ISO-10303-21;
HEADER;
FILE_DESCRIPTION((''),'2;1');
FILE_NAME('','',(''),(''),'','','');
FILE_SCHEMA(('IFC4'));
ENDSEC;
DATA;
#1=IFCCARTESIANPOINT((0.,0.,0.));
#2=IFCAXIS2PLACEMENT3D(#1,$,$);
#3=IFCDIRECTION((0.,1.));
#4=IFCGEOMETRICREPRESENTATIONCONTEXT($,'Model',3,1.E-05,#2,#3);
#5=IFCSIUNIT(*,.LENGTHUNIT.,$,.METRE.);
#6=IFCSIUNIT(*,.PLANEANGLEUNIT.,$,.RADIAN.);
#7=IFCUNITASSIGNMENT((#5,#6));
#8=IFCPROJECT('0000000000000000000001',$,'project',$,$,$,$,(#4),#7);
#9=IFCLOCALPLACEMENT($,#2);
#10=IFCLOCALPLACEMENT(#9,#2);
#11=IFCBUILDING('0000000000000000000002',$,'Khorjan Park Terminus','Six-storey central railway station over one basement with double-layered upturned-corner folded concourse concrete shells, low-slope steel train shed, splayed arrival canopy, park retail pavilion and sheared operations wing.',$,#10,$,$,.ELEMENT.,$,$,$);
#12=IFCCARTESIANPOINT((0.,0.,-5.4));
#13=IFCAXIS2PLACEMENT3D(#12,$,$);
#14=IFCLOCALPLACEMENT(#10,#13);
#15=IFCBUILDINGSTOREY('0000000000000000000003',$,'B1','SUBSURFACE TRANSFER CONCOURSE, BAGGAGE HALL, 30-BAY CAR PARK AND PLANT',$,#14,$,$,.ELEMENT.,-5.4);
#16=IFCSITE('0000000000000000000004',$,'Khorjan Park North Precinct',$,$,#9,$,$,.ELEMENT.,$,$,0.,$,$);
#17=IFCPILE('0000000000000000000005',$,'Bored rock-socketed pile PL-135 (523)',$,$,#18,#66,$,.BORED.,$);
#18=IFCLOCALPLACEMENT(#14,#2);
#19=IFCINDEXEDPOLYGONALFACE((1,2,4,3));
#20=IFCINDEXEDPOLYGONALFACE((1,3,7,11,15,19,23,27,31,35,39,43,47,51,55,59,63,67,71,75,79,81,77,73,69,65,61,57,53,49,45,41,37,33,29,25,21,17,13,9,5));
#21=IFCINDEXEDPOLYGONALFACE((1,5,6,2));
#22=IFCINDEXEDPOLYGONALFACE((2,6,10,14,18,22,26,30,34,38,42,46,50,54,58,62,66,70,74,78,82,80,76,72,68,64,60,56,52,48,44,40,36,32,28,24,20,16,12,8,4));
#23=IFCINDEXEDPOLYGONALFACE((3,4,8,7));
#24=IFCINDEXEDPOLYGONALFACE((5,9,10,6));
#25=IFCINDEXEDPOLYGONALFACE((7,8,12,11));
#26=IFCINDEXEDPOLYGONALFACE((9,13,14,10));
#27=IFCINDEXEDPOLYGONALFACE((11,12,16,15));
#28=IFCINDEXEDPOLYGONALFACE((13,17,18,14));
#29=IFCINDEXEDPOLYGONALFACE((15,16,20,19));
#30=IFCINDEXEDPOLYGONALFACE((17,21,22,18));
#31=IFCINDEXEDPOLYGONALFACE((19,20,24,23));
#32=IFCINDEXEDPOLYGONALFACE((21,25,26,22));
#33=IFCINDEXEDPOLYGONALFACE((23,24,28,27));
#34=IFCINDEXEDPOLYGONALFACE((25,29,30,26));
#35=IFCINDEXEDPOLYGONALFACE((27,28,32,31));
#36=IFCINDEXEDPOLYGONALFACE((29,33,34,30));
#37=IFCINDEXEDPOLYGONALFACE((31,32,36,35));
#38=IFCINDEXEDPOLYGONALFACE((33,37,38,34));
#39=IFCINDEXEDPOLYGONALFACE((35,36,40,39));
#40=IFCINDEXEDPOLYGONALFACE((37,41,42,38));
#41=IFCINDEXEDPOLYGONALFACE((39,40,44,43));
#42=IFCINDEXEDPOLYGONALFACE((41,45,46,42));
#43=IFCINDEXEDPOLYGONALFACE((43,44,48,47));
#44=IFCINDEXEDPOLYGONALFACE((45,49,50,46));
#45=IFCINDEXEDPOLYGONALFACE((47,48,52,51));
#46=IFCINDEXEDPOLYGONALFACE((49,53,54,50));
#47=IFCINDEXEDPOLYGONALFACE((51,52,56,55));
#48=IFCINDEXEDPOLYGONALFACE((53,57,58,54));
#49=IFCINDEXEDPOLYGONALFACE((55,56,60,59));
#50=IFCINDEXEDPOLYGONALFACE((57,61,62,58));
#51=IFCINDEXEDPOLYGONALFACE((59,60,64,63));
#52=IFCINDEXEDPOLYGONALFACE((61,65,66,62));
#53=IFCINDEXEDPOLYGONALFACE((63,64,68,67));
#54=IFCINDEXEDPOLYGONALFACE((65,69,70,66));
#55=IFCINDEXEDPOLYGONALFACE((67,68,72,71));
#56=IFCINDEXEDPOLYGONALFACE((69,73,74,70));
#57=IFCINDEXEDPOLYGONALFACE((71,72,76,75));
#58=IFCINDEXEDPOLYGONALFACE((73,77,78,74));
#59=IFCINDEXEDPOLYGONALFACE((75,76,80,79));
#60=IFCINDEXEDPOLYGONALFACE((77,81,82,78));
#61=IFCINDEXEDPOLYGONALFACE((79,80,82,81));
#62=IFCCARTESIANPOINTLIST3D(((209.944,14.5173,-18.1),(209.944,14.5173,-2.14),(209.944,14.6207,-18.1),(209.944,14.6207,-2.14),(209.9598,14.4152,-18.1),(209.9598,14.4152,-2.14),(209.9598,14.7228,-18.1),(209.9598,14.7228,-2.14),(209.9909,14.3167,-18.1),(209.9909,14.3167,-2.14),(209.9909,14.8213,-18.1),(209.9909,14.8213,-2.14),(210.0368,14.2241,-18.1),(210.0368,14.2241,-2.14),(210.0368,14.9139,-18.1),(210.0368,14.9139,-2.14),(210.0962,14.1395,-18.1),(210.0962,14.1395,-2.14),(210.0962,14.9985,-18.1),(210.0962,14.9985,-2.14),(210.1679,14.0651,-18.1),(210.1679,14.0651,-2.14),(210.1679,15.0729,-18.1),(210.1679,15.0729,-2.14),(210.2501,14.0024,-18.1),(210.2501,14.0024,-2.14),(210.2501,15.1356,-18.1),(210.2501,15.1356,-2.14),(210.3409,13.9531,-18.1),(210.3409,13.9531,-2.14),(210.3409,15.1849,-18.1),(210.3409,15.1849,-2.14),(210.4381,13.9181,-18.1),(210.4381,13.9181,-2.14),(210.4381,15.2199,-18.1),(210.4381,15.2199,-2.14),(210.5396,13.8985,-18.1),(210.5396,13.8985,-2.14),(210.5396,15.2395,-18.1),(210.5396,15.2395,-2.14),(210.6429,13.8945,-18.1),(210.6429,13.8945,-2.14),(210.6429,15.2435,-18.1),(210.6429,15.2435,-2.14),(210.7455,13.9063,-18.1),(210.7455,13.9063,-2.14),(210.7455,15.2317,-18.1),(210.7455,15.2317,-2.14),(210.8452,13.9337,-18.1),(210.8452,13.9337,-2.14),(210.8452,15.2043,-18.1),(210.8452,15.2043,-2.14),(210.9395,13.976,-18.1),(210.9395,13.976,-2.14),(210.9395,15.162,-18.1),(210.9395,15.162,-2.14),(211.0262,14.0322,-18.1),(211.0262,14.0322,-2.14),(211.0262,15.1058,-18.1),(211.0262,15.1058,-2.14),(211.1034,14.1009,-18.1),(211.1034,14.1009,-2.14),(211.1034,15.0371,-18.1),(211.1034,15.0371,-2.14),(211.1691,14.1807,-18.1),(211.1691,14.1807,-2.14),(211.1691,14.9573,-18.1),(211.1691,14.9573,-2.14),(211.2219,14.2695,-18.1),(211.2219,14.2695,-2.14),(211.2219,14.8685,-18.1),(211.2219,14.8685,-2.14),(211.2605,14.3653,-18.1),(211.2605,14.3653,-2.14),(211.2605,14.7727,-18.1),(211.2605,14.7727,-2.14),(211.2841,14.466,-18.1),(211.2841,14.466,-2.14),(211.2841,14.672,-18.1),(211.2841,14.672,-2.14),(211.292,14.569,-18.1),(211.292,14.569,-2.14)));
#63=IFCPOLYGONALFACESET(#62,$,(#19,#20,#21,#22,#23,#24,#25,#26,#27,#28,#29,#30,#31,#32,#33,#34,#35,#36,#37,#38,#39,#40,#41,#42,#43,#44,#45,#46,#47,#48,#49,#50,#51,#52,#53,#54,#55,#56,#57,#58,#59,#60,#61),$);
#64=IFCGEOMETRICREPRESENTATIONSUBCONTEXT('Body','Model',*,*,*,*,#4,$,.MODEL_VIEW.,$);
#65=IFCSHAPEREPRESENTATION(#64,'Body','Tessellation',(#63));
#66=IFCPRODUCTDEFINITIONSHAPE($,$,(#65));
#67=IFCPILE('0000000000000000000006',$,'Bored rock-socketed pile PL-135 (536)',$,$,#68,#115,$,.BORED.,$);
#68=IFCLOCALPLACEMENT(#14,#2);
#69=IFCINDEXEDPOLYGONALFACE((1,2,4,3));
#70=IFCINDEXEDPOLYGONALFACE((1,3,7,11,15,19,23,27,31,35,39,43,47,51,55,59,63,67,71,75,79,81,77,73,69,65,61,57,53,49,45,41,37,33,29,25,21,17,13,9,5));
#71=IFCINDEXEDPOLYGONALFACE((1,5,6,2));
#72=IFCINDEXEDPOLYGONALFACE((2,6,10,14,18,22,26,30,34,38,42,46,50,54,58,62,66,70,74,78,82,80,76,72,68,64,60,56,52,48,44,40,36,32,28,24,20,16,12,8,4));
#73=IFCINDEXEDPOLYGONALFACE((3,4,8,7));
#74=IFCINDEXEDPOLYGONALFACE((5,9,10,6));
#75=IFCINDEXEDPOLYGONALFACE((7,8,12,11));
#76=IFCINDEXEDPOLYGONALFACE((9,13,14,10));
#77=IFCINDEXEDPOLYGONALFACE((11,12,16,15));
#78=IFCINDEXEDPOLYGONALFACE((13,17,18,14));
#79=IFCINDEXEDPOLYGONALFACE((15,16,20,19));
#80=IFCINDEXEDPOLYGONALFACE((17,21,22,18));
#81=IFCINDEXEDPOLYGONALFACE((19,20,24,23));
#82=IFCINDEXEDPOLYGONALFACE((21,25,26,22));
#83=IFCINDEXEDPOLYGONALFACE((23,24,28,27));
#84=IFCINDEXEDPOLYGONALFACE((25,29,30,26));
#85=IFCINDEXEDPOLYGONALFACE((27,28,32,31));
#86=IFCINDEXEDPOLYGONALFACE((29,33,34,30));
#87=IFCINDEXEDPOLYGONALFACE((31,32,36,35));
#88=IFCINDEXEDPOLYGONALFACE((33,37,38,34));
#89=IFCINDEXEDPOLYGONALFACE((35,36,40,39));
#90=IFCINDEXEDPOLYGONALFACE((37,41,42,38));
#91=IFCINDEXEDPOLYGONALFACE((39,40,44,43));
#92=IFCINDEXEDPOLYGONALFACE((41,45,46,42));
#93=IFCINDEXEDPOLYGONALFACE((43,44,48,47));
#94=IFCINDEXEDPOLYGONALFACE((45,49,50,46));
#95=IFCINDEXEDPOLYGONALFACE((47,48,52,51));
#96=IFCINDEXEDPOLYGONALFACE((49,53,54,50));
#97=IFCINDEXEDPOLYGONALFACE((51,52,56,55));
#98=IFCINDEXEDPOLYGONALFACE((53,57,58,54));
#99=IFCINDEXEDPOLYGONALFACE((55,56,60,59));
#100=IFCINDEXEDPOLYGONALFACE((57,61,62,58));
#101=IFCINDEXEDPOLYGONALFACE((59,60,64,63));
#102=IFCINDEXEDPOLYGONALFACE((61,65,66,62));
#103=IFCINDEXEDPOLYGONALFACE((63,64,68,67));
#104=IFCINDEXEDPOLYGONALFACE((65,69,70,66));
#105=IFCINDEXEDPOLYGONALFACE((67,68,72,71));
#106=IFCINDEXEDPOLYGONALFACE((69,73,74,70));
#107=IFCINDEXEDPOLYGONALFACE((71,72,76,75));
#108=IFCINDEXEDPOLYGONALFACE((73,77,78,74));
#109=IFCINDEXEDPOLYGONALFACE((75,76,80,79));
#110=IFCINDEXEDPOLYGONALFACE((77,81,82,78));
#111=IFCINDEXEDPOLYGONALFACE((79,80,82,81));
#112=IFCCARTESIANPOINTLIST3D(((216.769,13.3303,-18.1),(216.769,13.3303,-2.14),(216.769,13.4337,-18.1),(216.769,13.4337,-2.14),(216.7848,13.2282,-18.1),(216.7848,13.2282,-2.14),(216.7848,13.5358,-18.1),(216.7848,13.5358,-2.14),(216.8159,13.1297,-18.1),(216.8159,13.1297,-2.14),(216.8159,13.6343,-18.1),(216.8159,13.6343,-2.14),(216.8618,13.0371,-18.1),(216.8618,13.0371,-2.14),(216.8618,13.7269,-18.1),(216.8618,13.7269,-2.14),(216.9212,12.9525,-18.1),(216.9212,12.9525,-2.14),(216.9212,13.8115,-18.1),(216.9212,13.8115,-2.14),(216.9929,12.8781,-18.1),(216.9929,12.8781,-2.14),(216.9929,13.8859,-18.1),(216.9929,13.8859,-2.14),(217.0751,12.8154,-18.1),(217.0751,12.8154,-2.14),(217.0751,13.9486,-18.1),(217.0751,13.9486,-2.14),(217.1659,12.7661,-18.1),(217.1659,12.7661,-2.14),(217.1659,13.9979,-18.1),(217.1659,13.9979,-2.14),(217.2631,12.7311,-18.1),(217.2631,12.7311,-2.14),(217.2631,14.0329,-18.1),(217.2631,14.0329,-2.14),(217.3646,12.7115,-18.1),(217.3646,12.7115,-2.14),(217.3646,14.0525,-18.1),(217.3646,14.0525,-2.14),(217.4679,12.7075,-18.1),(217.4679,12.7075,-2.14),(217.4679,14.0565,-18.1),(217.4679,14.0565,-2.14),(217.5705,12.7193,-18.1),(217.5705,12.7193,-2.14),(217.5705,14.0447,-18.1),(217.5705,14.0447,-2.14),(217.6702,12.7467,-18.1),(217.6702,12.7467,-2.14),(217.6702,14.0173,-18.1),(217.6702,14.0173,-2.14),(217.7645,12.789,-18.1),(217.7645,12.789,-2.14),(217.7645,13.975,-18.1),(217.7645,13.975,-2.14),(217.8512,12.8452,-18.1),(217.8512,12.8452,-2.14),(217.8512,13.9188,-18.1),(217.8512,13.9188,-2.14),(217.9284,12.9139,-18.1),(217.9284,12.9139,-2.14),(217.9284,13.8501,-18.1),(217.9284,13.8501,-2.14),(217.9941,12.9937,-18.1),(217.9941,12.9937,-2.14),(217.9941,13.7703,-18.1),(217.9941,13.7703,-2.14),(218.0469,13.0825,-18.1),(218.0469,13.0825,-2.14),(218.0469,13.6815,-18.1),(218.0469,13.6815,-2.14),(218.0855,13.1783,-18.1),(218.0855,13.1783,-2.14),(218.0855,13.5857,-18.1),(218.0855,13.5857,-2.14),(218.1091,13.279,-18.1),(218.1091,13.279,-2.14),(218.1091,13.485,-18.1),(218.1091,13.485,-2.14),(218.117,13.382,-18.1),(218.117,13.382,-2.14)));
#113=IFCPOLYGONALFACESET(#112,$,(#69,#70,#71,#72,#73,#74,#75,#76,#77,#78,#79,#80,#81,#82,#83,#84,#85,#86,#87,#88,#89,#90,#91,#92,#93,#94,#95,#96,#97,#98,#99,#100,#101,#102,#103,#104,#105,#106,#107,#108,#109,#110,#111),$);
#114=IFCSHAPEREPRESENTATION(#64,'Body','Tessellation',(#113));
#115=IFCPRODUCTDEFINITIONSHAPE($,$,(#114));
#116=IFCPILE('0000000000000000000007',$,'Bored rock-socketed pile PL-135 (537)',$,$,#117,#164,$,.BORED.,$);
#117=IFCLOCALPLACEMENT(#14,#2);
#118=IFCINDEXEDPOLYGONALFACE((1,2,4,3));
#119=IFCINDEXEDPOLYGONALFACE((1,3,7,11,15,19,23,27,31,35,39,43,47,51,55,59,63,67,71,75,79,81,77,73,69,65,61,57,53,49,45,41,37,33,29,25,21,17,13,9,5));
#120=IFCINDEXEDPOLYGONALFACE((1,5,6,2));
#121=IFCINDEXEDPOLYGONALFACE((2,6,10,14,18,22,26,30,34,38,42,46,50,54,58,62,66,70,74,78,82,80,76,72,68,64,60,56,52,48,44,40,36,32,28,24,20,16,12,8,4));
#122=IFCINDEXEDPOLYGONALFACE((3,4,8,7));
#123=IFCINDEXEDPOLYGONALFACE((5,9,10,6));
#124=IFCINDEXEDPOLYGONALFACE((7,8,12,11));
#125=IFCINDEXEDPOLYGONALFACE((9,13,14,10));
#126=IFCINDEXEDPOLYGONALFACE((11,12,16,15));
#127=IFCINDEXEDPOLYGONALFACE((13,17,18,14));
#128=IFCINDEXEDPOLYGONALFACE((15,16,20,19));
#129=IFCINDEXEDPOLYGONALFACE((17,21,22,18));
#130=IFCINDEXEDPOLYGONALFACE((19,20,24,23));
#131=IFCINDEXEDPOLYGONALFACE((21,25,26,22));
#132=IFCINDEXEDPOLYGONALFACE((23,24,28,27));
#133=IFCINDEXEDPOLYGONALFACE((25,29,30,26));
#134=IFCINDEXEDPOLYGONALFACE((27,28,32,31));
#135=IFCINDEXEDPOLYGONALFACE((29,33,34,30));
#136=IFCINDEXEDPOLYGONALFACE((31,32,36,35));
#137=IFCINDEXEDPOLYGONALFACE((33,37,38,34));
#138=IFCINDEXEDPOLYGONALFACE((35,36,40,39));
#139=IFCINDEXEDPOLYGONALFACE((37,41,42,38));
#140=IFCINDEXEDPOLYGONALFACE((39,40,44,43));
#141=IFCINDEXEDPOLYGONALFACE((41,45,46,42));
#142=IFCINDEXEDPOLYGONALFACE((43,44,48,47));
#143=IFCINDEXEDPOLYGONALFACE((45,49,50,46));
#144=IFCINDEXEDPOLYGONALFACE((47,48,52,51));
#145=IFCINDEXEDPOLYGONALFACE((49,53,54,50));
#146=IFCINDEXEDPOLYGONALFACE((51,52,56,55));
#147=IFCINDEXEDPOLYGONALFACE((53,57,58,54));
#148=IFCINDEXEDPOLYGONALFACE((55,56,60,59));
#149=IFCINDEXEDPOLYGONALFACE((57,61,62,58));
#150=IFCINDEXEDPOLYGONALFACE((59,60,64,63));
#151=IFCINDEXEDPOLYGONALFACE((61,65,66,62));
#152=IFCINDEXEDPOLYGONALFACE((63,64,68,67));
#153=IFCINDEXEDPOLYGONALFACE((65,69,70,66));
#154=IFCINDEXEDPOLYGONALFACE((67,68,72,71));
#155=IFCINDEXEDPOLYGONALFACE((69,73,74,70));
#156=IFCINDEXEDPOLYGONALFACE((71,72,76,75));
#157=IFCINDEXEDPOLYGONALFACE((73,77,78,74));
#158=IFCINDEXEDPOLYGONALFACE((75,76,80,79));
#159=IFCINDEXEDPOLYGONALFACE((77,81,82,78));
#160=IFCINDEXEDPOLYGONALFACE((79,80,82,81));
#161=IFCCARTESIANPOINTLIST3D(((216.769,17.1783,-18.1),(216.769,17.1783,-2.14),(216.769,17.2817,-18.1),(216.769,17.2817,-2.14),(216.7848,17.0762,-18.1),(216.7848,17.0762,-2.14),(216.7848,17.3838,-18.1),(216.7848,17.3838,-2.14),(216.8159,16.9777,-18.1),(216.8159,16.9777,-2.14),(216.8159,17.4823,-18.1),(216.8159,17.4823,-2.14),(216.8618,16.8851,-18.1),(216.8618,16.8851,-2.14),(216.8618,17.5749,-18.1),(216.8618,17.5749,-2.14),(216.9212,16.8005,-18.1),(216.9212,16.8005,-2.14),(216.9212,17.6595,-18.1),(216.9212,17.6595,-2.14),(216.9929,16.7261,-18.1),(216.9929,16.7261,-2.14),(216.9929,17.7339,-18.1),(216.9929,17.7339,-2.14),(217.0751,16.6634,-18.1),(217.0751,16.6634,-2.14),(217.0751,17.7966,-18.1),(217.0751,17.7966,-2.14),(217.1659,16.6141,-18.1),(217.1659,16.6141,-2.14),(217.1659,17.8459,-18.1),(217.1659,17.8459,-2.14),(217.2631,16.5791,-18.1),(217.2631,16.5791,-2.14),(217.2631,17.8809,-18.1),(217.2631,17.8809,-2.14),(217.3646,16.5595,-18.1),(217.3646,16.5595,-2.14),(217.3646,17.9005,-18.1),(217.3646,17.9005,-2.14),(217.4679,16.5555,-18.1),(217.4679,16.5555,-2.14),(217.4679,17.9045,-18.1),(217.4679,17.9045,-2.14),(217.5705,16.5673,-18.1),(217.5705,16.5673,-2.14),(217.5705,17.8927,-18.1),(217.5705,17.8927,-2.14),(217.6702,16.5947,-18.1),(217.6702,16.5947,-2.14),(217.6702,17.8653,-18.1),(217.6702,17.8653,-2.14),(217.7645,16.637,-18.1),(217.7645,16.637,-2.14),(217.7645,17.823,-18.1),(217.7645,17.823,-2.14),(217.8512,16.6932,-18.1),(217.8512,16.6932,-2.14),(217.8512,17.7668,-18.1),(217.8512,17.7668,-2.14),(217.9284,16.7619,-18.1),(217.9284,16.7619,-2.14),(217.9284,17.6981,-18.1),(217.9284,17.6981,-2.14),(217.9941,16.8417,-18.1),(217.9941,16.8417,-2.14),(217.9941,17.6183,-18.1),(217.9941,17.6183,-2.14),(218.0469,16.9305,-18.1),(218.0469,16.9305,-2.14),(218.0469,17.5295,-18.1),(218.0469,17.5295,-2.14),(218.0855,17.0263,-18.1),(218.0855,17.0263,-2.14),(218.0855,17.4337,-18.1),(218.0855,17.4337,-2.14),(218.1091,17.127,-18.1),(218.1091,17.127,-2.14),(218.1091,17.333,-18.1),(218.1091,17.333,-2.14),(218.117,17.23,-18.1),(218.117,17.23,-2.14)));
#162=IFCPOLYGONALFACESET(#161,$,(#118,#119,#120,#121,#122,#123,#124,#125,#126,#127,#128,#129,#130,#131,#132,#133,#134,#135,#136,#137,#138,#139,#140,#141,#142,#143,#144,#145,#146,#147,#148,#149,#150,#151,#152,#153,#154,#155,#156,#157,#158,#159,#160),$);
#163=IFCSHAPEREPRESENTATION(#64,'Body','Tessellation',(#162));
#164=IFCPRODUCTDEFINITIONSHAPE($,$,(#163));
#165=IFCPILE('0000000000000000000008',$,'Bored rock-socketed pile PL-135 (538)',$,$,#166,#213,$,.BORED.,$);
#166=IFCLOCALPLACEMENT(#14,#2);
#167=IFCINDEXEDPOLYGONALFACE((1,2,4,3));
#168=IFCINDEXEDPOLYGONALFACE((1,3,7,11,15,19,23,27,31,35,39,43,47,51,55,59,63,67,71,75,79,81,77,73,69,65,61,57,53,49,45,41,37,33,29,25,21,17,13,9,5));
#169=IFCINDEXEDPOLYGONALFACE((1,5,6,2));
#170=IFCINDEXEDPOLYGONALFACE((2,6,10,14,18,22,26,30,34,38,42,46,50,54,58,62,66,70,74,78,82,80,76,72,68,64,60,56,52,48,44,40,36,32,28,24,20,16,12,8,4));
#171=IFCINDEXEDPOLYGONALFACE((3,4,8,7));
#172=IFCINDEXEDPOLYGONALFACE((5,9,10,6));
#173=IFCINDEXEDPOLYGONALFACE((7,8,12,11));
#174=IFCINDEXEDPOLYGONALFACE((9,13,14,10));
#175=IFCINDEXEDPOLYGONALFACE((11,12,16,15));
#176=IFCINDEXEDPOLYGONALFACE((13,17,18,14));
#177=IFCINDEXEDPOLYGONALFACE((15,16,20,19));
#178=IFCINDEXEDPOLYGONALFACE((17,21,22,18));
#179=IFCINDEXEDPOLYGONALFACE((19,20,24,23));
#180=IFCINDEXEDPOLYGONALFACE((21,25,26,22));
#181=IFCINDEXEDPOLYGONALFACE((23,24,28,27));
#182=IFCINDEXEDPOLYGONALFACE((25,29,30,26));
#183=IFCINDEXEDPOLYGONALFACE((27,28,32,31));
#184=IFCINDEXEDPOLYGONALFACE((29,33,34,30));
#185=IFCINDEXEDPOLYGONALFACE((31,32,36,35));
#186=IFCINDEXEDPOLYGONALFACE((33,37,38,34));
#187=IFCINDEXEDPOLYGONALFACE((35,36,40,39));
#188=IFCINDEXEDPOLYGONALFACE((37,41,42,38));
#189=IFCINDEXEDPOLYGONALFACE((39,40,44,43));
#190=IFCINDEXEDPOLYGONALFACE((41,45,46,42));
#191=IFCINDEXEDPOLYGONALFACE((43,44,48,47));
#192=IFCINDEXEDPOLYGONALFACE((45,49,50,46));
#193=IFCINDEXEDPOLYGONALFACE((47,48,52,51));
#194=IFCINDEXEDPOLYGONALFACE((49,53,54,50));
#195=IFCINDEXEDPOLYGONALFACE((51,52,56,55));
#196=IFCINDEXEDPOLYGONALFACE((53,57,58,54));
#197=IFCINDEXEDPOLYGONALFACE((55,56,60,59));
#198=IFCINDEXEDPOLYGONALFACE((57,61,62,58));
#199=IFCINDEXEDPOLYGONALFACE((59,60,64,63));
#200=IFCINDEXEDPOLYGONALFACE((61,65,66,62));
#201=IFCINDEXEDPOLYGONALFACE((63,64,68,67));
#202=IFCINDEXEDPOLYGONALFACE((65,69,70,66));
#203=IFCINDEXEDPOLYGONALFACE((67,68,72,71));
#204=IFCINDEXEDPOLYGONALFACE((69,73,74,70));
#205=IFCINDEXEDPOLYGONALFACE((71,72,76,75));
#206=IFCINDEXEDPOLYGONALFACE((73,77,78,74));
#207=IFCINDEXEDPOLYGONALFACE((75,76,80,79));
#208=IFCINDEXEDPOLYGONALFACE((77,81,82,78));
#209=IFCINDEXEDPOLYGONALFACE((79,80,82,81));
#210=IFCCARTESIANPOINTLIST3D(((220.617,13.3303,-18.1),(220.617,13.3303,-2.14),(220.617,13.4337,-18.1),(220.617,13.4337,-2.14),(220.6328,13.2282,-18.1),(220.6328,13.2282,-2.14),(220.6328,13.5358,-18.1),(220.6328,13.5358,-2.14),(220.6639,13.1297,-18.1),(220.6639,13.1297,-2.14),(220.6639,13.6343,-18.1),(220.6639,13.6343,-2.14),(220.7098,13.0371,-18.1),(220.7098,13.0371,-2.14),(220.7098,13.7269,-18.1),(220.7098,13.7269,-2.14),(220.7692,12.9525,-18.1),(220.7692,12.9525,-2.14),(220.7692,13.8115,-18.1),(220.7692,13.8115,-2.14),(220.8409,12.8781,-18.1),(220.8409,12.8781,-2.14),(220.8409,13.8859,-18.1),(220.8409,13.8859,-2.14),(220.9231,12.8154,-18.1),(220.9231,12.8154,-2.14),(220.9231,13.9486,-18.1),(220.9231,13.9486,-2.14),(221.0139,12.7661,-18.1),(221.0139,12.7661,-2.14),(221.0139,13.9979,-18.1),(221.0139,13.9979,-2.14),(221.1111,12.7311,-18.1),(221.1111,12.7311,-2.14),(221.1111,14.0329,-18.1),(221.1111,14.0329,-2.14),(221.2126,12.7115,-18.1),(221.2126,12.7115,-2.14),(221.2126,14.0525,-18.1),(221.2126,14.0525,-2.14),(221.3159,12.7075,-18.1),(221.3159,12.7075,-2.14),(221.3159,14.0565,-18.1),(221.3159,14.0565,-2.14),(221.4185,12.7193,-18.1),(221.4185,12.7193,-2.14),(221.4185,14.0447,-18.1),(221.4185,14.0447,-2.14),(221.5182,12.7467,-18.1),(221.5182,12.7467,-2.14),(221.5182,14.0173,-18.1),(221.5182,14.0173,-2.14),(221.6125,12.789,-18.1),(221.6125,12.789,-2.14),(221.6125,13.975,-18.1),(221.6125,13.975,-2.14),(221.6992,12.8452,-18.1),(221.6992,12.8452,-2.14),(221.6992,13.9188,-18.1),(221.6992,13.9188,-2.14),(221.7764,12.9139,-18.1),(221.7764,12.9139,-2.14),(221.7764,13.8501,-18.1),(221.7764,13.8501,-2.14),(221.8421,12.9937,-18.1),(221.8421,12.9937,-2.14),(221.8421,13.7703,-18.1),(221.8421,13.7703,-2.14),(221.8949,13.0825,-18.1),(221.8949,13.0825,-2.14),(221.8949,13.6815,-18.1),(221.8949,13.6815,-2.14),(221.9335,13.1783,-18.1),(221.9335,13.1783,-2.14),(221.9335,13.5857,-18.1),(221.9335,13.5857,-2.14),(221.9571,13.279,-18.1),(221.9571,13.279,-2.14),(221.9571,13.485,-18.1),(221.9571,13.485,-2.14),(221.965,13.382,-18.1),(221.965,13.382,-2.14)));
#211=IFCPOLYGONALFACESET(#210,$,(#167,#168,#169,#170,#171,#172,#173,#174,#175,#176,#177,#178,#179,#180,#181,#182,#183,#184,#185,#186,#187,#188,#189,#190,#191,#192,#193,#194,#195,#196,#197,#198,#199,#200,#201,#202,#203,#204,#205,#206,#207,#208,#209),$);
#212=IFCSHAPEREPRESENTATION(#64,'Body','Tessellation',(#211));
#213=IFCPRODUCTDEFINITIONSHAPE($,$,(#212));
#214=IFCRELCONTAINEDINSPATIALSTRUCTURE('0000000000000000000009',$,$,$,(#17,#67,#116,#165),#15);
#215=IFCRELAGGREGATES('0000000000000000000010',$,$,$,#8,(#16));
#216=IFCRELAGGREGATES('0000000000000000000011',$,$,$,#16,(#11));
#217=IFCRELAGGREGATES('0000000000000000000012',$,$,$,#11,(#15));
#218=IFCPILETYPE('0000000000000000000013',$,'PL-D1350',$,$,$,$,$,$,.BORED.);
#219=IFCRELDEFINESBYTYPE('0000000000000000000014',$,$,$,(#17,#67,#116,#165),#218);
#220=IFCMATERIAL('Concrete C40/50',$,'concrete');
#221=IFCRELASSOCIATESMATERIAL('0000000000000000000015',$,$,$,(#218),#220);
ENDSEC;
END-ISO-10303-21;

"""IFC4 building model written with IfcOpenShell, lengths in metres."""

from ifc_helpers import new_model, si_unit, direction, frame, origin, origin_2d, place, context, subcontext, project, spatial, circle, extrude, material, material_profile, profile_set, type_object, element, save


model = new_model("IFC4")

# Units and contexts
model_context = context("Model", 3, precision=1e-05, world=origin(), true_north=direction((0.0, 1.0)))
body_context = subcontext(model_context, "Body", "Model", "MODEL_VIEW")
ifc_project = project(units=[si_unit("LENGTHUNIT", "METRE"), si_unit("PLANEANGLEUNIT", "RADIAN")], contexts=[model_context])

# Site, building, storey
site_placement = place(None, origin())
site = spatial("IfcSite", under=ifc_project, at=site_placement, Name="Khorjan Park North Precinct", CompositionType="ELEMENT", RefElevation=0.0)
building_placement = place(site_placement, origin())
building = spatial("IfcBuilding", under=site, at=building_placement, Name="Khorjan Park Terminus", Description="Six-storey central railway station over one basement with double-layered upturned-corner folded concourse concrete shells, low-slope steel train shed, splayed arrival canopy, park retail pavilion and sheared operations wing.", CompositionType="ELEMENT")
storey_placement = place(building_placement, frame((0.0, 0.0, -5.4)))
storey = spatial("IfcBuildingStorey", under=building, at=storey_placement, Name="B1", Description="SUBSURFACE TRANSFER CONCOURSE, BAGGAGE HALL, 30-BAY CAR PARK AND PLANT", CompositionType="ELEMENT", Elevation=-5.4)

# Shared definitions
ifc_material_1 = material(Name="Concrete C40/50", Category="concrete")

# Piles
ifc_material_profile_1 = material_profile(ifc_material_1, circle(Radius=0.675, at=origin_2d()), Name="BORED D1350")
ifc_profile_set_1 = profile_set([ifc_material_profile_1], Name="Concrete C40/50")
pile_type = type_object("IfcPileType", Name="PL-D1350", PredefinedType="BORED", material=ifc_profile_set_1)
for number, where, z_axis, x_axis, name in (
    (1, (210.617, 14.569, -2.14), (0.0, 0.0, -1.0), (1.0, 0.0, 0.0), "Bored rock-socketed pile PL-135 (523)"),
    (2, (217.442, 13.382, -2.14), (0.0, 0.0, -1.0), (1.0, 0.0, 0.0), "Bored rock-socketed pile PL-135 (536)"),
    (3, (217.442, 17.23, -2.14), (0.0, 0.0, -1.0), (1.0, 0.0, 0.0), "Bored rock-socketed pile PL-135 (537)"),
    (4, (221.29, 13.382, -2.14), (0.0, 0.0, -1.0), (1.0, 0.0, 0.0), "Bored rock-socketed pile PL-135 (538)"),
):
    element("IfcPile", number, at=place(storey_placement, frame(where, z_axis=z_axis, x_axis=x_axis)), inside=storey, type_object=pile_type, Name=name, PredefinedType="BORED", context=body_context, shape_type="SweptSolid", body=[
        extrude(circle(Radius=0.675, at=origin_2d()), origin(), (0.0, 0.0, 1.0), 15.96),
    ])

save(model, "model.ifc")
